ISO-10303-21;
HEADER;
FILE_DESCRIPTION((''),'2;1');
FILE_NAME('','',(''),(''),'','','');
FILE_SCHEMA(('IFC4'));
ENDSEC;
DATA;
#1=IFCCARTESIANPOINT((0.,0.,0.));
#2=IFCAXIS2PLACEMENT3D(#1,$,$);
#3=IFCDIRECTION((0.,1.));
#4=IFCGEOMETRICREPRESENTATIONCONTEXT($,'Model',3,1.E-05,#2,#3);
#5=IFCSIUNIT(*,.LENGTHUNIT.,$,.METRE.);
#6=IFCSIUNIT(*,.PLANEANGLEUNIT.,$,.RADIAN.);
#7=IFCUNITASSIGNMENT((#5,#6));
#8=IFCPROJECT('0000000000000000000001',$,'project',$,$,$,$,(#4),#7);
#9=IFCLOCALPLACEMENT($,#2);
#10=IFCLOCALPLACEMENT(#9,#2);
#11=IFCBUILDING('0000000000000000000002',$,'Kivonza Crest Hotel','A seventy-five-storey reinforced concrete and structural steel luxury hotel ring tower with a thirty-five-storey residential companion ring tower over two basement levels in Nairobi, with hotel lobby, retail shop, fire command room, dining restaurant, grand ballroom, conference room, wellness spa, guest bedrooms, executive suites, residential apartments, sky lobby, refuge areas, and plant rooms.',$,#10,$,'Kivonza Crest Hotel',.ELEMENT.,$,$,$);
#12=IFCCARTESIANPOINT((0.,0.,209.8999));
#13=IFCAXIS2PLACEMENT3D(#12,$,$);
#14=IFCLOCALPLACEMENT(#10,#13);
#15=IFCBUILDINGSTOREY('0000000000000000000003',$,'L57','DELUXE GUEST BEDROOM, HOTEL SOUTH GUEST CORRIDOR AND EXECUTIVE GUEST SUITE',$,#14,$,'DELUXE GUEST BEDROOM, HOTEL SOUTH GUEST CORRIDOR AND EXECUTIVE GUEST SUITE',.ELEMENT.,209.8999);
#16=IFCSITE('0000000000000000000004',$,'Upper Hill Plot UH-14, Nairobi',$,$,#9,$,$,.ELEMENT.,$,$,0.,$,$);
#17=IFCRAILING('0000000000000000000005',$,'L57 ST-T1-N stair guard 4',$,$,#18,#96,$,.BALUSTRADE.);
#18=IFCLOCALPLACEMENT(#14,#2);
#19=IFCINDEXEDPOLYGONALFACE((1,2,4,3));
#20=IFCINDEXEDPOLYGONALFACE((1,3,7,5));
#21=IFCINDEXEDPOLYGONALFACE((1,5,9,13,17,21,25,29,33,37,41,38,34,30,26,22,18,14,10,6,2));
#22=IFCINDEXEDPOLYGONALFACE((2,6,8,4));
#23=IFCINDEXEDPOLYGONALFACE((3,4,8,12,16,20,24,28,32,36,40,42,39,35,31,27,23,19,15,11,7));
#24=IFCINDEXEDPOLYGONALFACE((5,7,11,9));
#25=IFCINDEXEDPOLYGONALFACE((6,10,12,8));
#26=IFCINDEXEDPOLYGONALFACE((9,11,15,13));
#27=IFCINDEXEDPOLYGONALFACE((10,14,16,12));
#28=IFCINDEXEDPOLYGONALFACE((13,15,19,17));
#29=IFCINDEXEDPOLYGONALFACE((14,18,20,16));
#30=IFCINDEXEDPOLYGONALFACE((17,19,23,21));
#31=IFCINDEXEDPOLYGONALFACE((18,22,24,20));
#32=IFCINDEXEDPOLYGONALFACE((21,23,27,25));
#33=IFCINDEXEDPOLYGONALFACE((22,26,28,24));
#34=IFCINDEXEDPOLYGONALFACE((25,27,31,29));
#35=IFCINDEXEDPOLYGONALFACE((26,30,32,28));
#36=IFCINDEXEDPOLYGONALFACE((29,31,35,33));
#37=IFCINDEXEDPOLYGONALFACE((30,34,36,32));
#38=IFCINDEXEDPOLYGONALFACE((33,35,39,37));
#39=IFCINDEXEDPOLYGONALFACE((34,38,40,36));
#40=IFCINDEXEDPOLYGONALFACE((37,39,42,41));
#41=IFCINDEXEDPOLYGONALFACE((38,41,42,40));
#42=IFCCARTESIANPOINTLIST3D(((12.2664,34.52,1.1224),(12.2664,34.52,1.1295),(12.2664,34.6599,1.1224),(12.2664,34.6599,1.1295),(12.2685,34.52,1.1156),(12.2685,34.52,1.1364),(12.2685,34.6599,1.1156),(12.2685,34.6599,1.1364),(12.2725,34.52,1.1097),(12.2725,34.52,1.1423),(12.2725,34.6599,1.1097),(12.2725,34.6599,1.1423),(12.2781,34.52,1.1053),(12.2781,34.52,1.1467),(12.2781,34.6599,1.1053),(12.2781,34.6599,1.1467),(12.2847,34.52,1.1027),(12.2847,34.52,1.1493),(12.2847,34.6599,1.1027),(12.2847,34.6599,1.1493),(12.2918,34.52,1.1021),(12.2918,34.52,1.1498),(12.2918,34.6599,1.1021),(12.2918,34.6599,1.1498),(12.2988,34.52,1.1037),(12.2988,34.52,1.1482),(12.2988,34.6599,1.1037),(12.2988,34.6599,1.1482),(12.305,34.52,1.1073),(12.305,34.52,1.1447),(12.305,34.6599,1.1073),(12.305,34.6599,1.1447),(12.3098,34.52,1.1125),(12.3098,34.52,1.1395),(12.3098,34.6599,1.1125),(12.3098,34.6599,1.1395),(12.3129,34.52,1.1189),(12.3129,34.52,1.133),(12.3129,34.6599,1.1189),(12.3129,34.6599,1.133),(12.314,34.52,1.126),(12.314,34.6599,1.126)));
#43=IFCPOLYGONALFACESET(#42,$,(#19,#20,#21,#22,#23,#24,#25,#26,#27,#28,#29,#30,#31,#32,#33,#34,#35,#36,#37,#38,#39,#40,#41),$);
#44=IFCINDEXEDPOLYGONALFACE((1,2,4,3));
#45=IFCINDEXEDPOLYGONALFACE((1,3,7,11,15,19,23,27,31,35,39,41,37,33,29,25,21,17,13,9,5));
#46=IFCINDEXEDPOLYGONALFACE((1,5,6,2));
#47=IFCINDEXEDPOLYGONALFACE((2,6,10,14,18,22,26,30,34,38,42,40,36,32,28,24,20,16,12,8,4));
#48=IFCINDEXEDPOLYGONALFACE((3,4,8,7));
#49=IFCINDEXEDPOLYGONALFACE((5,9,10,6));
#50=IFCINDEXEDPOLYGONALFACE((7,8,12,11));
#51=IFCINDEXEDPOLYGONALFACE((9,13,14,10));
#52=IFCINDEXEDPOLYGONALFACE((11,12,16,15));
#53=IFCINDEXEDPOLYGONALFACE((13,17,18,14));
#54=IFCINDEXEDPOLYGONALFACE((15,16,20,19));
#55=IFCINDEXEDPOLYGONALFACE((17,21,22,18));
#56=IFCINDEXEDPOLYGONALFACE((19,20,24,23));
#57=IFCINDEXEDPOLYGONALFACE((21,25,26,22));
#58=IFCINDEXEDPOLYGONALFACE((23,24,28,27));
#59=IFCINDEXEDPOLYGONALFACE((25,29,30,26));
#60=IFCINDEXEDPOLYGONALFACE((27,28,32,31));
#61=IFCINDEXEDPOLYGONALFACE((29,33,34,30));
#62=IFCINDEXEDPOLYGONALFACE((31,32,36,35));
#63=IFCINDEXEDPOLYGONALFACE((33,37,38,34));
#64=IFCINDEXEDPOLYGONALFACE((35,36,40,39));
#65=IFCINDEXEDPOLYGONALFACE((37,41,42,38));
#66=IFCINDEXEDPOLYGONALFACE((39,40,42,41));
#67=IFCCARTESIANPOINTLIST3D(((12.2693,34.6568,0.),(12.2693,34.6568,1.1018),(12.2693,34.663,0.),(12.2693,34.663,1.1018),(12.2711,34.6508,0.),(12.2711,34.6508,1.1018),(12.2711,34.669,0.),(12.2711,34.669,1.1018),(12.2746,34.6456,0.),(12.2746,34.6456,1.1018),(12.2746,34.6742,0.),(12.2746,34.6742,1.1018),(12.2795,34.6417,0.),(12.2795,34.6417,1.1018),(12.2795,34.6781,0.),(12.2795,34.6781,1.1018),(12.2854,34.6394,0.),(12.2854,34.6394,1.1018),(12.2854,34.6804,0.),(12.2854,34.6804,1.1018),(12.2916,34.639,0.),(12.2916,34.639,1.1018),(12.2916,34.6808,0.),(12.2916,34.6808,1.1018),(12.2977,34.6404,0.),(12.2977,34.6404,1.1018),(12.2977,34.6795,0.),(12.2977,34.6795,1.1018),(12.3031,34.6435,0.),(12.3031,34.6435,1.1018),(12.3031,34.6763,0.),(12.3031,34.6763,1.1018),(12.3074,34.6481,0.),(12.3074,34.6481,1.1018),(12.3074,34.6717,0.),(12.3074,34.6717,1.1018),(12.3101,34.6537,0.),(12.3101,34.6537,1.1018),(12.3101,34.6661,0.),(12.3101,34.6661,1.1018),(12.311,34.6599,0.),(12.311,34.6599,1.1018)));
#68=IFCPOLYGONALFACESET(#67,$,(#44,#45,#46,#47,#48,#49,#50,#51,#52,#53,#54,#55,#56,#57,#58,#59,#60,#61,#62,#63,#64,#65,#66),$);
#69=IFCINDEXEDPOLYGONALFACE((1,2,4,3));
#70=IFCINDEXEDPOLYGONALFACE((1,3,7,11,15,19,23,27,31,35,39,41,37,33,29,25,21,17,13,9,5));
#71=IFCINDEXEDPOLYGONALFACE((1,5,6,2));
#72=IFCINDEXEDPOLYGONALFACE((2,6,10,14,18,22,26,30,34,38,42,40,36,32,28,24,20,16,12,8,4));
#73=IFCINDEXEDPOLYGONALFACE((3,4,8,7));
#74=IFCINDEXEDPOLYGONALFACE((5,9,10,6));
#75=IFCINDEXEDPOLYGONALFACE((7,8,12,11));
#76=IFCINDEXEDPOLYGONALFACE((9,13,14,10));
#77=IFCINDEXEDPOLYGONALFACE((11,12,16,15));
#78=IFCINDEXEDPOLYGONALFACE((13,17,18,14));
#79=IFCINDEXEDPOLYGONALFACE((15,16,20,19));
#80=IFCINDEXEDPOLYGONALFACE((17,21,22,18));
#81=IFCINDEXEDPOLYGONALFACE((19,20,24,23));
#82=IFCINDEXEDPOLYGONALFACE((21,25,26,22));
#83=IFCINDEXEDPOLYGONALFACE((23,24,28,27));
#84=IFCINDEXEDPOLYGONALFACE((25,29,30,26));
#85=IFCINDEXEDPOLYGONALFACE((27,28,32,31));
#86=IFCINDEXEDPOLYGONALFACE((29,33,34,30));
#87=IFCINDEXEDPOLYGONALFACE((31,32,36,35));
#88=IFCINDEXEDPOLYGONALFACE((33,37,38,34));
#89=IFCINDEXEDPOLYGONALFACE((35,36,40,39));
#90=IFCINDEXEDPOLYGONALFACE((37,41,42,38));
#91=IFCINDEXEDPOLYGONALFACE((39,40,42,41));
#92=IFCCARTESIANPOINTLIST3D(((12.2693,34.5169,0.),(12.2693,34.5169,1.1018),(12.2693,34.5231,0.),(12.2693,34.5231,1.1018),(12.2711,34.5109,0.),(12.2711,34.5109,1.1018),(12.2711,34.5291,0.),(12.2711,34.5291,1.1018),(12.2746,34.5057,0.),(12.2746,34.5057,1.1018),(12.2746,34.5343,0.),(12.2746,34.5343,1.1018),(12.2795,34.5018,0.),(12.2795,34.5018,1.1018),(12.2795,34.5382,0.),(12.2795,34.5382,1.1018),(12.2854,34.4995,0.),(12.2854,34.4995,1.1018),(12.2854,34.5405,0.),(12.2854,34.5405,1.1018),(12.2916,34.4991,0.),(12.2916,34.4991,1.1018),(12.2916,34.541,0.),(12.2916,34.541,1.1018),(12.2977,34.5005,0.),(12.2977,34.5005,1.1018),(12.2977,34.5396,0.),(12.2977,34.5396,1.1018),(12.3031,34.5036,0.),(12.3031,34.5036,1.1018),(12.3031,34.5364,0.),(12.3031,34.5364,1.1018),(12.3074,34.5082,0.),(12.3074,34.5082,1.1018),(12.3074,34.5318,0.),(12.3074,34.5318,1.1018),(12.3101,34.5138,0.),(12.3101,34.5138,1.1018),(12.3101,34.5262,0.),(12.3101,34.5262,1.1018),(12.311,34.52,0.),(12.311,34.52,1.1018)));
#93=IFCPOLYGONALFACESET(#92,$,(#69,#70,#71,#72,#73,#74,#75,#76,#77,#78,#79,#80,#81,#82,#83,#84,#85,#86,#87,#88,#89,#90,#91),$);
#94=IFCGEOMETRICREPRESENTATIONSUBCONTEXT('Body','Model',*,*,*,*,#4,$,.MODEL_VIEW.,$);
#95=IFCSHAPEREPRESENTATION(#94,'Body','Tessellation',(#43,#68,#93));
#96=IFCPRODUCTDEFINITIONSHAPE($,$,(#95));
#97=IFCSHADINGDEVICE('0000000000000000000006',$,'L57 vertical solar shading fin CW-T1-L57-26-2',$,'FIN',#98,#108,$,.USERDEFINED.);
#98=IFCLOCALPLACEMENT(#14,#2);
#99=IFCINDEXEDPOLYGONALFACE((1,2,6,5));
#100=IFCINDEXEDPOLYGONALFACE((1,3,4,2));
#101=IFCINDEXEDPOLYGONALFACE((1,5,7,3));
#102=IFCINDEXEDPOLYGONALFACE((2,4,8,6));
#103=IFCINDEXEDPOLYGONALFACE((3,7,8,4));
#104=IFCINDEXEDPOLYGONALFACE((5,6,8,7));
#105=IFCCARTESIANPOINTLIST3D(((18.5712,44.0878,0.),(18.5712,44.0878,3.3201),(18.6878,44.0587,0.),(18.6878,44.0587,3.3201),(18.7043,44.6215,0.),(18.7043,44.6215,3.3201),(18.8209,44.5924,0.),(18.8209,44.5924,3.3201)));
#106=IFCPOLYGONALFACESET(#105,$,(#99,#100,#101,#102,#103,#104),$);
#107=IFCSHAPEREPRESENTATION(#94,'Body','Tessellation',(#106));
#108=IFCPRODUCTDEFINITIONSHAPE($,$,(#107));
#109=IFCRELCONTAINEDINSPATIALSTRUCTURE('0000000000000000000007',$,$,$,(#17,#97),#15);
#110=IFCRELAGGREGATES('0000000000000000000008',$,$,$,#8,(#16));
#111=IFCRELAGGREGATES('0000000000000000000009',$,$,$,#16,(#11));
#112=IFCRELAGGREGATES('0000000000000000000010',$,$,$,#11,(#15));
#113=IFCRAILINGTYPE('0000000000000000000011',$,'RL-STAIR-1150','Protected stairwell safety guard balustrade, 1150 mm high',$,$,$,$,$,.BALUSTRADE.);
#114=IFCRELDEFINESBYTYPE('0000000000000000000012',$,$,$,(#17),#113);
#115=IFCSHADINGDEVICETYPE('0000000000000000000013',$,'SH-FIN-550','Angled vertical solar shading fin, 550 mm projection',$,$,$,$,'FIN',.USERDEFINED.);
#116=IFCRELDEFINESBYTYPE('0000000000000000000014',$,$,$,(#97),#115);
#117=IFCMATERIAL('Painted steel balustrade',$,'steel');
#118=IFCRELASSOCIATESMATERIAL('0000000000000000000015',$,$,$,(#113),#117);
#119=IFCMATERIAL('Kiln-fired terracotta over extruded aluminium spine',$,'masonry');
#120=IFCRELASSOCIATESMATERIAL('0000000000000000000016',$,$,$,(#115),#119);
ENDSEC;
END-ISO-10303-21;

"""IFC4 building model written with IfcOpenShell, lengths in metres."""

from ifc_helpers import new_model, si_unit, direction, frame, origin, origin_2d, place, context, subcontext, project, spatial, rectangle, circle, extrude, material, type_object, element, save


model = new_model("IFC4")

# Units and contexts
model_context = context("Model", 3, precision=1e-05, world=origin(), true_north=direction((0.0, 1.0)))
body_context = subcontext(model_context, "Body", "Model", "MODEL_VIEW")
ifc_project = project(units=[si_unit("LENGTHUNIT", "METRE"), si_unit("PLANEANGLEUNIT", "RADIAN")], contexts=[model_context])

# Site, building, storey
site_placement = place(None, origin())
site = spatial("IfcSite", under=ifc_project, at=site_placement, Name="Upper Hill Plot UH-14, Nairobi", CompositionType="ELEMENT", RefElevation=0.0)
building_placement = place(site_placement, origin())
building = spatial("IfcBuilding", under=site, at=building_placement, Name="Kivonza Crest Hotel", Description="A seventy-five-storey reinforced concrete and structural steel luxury hotel ring tower with a thirty-five-storey residential companion ring tower over two basement levels in Nairobi, with hotel lobby, retail shop, fire command room, dining restaurant, grand ballroom, conference room, wellness spa, guest bedrooms, executive suites, residential apartments, sky lobby, refuge areas, and plant rooms.", LongName="Kivonza Crest Hotel", CompositionType="ELEMENT")
storey_placement = place(building_placement, frame((0.0, 0.0, 209.8999)))
storey = spatial("IfcBuildingStorey", under=building, at=storey_placement, Name="L57", Description="DELUXE GUEST BEDROOM, HOTEL SOUTH GUEST CORRIDOR AND EXECUTIVE GUEST SUITE", LongName="DELUXE GUEST BEDROOM, HOTEL SOUTH GUEST CORRIDOR AND EXECUTIVE GUEST SUITE", CompositionType="ELEMENT", Elevation=209.8999)

# Railing
ifc_material_1 = material(Name="Painted steel balustrade", Category="steel")
railing_type_1 = type_object("IfcRailingType", Name="RL-STAIR-1150", Description="Protected stairwell safety guard balustrade, 1150 mm high", PredefinedType="BALUSTRADE", material=ifc_material_1)
railing_1_placement = place(storey_placement, frame((12.29, 34.6599, 0.0)))
element("IfcRailing", 1, at=railing_1_placement, inside=storey, type_object=railing_type_1, Name="L57 ST-T1-N stair guard 4", PredefinedType="BALUSTRADE", context=body_context, shape_type="SweptSolid", body=[
    extrude(circle(Radius=0.0239, at=origin_2d()), frame((0.0, 0.0, 1.126), z_axis=(0.0, -1.0, 0.0), x_axis=(1.0, 0.0, 0.0)), (0.0, 0.0, 1.0), 0.1399),
    extrude(circle(Radius=0.021, at=origin_2d()), origin(), (0.0, 0.0, 1.0), 1.1018),
    extrude(circle(Radius=0.021, at=origin_2d()), frame((0.0, -0.1399, 0.0)), (0.0, 0.0, 1.0), 1.1018),
])

# Shading device
ifc_material_2 = material(Name="Kiln-fired terracotta over extruded aluminium spine", Category="masonry")
shading_device_type = type_object("IfcShadingDeviceType", Name="SH-FIN-550", Description="Angled vertical solar shading fin, 550 mm projection", ElementType="FIN", PredefinedType="USERDEFINED", material=ifc_material_2)
shading_device_placement = place(storey_placement, frame((18.696, 44.3401, 0.0), z_axis=(0.0, 0.0, 1.0), x_axis=(-0.970296, 0.241922, 0.0)))
element("IfcShadingDevice", 2, at=shading_device_placement, inside=storey, type_object=shading_device_type, Name="L57 vertical solar shading fin CW-T1-L57-26-2", ObjectType="FIN", PredefinedType="USERDEFINED", context=body_context, shape_type="SweptSolid", body=[
    extrude(rectangle(XDim=0.1201, YDim=0.55, at=origin_2d()), origin(), (0.0, 0.0, 1.0), 3.3201),
])

save(model, "model.ifc")
